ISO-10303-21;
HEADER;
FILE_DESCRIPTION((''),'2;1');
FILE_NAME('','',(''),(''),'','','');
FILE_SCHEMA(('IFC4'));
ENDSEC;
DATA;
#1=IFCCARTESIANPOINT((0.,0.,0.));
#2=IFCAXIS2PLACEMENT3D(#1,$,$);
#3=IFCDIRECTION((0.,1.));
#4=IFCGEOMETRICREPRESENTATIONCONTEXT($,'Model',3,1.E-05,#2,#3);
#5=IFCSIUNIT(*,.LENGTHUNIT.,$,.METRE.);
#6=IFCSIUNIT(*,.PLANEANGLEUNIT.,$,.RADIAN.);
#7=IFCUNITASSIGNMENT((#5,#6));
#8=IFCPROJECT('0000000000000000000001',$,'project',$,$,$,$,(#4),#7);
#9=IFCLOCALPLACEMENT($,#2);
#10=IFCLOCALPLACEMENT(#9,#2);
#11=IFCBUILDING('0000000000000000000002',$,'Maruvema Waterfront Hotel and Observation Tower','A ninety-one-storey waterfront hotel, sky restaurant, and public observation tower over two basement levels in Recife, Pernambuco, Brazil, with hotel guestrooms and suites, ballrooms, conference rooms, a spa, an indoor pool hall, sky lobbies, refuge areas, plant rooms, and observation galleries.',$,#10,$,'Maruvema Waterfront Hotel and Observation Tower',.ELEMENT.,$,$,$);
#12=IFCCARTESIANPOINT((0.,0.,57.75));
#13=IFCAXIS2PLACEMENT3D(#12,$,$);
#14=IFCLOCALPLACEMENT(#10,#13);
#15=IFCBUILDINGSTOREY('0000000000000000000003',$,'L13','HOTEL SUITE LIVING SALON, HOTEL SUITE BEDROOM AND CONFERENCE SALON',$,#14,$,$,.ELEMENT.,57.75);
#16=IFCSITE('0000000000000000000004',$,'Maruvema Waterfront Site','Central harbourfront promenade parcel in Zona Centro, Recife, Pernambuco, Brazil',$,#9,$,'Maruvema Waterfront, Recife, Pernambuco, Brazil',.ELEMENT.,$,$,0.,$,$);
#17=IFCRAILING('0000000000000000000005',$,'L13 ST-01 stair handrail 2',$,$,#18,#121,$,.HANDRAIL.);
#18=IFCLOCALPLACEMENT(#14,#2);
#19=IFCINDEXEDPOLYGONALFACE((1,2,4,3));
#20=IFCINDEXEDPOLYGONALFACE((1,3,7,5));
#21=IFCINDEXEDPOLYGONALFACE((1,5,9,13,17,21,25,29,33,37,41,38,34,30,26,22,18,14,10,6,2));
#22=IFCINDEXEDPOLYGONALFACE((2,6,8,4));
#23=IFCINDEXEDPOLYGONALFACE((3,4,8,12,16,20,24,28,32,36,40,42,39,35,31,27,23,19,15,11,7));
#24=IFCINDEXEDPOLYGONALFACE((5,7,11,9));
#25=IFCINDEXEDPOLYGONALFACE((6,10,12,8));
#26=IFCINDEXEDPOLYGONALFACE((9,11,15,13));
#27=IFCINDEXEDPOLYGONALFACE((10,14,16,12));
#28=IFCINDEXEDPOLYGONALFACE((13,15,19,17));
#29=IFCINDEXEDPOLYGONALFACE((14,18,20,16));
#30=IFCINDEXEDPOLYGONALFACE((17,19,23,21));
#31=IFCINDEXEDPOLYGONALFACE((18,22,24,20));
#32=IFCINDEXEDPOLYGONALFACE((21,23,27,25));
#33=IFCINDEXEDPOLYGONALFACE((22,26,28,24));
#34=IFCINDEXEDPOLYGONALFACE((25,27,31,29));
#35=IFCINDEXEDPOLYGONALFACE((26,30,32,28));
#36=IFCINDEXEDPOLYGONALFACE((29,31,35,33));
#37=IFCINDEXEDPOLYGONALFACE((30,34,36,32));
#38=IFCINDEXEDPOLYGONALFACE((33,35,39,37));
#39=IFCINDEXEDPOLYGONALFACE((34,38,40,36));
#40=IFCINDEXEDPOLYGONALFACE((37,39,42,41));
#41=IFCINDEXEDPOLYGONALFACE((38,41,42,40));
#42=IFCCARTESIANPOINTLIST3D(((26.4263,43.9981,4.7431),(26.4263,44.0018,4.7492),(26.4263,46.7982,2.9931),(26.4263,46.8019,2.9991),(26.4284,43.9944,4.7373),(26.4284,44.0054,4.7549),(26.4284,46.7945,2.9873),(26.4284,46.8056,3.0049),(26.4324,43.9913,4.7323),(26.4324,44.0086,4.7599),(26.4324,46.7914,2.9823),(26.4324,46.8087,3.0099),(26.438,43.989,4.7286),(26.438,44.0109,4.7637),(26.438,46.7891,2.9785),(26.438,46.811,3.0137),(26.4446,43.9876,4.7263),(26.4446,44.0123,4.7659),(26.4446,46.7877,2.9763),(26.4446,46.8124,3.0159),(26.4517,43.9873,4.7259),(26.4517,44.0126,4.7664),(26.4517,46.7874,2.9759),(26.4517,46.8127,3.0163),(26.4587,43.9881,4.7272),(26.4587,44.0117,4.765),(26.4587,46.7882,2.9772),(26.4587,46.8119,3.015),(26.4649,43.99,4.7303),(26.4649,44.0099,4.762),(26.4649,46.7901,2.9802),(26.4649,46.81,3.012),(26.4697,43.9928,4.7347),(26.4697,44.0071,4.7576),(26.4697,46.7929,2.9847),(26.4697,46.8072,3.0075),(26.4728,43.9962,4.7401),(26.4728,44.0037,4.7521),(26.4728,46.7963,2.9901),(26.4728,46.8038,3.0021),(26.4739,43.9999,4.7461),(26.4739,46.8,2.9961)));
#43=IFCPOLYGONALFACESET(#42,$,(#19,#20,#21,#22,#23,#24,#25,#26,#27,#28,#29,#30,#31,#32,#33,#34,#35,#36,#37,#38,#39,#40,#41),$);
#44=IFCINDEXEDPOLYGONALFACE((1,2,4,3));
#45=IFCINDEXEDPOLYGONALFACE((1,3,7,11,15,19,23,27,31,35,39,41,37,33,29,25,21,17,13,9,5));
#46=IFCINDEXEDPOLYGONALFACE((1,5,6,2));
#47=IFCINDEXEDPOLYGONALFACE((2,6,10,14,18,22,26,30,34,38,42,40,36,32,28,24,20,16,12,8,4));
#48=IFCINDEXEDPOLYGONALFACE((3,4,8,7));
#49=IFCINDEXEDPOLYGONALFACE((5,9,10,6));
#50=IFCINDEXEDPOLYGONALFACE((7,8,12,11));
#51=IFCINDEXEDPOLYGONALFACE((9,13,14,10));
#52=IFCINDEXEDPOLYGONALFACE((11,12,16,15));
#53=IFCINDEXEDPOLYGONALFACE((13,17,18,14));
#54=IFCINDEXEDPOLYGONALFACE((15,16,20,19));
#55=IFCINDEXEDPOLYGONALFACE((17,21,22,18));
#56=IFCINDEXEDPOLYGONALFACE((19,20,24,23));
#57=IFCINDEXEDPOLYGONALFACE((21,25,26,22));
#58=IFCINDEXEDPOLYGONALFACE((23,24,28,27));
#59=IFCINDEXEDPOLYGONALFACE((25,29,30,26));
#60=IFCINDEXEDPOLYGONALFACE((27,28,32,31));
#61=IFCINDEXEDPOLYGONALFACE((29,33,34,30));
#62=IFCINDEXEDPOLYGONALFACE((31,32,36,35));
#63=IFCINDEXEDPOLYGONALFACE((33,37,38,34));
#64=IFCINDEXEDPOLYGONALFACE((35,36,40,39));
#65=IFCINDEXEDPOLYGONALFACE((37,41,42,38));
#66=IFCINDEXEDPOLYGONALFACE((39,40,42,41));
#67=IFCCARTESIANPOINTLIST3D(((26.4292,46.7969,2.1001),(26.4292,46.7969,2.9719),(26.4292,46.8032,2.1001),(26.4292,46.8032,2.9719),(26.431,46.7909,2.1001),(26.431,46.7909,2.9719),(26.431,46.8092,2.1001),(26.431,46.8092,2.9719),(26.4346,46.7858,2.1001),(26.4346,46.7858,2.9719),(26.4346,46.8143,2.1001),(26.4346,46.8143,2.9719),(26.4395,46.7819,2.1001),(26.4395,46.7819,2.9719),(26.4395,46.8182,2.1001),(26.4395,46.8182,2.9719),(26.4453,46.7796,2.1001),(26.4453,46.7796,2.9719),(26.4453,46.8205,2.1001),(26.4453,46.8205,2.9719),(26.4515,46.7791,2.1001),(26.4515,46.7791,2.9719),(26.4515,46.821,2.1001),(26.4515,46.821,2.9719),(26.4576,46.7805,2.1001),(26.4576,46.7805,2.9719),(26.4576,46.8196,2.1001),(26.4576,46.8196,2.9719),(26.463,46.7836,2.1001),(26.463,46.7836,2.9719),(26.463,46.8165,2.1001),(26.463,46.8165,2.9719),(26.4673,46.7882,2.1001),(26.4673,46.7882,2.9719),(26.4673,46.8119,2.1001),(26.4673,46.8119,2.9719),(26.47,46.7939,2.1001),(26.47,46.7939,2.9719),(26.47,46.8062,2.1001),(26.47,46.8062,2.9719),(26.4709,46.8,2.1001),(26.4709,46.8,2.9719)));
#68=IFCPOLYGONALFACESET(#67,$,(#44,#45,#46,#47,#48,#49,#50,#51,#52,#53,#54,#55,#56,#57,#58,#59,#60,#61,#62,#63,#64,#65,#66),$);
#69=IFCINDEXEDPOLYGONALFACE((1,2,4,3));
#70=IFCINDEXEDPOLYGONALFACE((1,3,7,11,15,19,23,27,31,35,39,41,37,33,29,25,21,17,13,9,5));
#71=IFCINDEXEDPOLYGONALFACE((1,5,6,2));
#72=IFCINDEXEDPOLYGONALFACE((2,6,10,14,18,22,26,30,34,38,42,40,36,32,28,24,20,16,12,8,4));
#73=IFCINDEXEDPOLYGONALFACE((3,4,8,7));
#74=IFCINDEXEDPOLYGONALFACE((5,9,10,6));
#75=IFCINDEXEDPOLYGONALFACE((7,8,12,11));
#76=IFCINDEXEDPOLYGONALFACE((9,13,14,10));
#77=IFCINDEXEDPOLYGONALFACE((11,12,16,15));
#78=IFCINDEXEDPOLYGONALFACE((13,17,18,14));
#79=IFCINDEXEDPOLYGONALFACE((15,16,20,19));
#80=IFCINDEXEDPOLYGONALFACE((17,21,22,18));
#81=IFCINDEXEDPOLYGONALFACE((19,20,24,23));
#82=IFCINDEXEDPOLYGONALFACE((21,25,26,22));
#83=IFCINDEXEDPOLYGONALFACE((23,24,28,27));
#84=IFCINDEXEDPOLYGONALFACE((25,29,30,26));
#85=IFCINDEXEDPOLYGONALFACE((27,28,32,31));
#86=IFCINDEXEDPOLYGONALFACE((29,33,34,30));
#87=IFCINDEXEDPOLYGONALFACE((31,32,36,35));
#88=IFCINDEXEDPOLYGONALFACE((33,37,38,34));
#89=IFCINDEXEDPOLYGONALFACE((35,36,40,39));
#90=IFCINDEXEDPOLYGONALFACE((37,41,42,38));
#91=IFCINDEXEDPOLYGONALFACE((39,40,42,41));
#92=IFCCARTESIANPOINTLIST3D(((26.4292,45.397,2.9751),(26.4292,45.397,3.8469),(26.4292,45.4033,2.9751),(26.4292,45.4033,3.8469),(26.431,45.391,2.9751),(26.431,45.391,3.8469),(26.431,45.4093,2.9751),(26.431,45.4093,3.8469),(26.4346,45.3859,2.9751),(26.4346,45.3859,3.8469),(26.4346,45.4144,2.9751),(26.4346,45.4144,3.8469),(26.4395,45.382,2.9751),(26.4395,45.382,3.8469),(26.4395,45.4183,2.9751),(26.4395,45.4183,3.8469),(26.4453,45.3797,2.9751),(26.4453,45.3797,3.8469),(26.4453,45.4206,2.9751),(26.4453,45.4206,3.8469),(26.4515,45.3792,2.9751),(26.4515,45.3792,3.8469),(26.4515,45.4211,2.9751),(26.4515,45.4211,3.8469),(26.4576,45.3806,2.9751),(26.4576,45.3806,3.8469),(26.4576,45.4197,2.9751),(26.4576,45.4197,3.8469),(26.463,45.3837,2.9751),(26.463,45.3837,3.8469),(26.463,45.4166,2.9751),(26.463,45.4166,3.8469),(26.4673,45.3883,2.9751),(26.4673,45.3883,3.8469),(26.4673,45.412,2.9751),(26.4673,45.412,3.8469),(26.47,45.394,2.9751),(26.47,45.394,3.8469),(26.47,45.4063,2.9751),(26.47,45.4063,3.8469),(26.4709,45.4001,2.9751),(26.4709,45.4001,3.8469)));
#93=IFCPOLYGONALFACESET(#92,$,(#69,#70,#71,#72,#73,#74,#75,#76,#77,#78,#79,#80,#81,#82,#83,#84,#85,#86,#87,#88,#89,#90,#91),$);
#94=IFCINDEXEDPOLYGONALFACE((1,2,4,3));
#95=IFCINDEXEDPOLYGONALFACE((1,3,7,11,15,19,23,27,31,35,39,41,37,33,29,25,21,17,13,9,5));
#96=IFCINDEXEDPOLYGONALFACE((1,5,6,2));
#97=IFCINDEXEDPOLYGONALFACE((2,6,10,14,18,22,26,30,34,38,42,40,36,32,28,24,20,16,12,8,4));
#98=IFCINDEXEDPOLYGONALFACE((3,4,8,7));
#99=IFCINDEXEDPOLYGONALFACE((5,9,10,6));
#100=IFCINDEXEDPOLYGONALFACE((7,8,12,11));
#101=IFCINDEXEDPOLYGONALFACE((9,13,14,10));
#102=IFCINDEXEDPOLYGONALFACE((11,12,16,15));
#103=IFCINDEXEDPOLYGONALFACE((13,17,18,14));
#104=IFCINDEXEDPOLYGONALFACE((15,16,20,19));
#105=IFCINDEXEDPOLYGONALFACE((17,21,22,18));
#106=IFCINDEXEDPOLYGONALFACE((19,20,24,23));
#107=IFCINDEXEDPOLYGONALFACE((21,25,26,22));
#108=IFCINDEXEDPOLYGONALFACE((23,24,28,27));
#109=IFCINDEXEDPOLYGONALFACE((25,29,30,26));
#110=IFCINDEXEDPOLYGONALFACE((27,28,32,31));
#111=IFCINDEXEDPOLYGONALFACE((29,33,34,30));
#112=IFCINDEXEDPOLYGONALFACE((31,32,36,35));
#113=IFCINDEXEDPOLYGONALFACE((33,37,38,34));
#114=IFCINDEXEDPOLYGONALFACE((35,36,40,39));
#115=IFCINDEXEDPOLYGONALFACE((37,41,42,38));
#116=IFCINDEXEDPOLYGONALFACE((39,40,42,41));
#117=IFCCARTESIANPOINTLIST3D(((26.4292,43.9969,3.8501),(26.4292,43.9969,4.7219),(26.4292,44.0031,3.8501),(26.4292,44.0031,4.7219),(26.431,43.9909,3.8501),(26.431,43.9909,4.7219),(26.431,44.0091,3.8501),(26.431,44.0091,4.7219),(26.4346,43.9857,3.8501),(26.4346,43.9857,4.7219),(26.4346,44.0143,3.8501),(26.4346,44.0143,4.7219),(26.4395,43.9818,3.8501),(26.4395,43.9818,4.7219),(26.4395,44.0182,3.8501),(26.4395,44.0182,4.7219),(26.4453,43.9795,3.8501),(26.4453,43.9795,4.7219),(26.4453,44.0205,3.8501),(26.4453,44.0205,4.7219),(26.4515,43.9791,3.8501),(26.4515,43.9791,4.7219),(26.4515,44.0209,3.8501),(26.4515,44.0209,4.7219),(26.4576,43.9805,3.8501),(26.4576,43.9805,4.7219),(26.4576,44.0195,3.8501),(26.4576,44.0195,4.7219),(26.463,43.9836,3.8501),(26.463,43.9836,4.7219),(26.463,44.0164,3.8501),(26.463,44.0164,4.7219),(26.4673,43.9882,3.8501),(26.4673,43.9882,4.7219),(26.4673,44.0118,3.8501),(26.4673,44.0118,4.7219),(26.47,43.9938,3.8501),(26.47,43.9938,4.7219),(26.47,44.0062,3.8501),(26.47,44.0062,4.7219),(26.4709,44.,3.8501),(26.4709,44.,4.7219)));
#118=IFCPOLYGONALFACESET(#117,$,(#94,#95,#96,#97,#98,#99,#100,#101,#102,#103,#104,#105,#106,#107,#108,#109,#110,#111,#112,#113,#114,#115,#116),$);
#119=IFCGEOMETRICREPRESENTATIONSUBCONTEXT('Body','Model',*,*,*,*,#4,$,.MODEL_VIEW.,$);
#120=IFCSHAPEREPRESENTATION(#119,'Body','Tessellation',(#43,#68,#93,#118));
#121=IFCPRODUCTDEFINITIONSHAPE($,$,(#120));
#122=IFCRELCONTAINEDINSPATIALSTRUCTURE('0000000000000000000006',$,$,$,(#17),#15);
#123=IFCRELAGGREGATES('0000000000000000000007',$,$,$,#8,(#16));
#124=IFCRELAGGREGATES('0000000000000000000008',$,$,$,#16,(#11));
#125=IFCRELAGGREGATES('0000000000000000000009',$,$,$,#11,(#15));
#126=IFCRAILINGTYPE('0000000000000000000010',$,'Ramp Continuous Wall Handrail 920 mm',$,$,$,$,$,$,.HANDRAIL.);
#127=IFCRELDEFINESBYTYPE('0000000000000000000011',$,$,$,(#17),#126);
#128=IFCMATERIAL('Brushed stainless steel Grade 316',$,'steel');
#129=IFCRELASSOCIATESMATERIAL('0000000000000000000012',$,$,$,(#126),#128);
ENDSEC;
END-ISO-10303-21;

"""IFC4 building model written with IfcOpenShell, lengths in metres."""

from ifc_helpers import new_model, si_unit, direction, frame, origin, origin_2d, place, context, subcontext, project, spatial, circle, extrude, material, type_object, element, save


model = new_model("IFC4")

# Units and contexts
model_context = context("Model", 3, precision=1e-05, world=origin(), true_north=direction((0.0, 1.0)))
body_context = subcontext(model_context, "Body", "Model", "MODEL_VIEW")
ifc_project = project(units=[si_unit("LENGTHUNIT", "METRE"), si_unit("PLANEANGLEUNIT", "RADIAN")], contexts=[model_context])

# Site, building, storey
site_placement = place(None, origin())
site = spatial("IfcSite", under=ifc_project, at=site_placement, Name="Maruvema Waterfront Site", Description="Central harbourfront promenade parcel in Zona Centro, Recife, Pernambuco, Brazil", LongName="Maruvema Waterfront, Recife, Pernambuco, Brazil", CompositionType="ELEMENT", RefElevation=0.0)
building_placement = place(site_placement, origin())
building = spatial("IfcBuilding", under=site, at=building_placement, Name="Maruvema Waterfront Hotel and Observation Tower", Description="A ninety-one-storey waterfront hotel, sky restaurant, and public observation tower over two basement levels in Recife, Pernambuco, Brazil, with hotel guestrooms and suites, ballrooms, conference rooms, a spa, an indoor pool hall, sky lobbies, refuge areas, plant rooms, and observation galleries.", LongName="Maruvema Waterfront Hotel and Observation Tower", CompositionType="ELEMENT")
storey_placement = place(building_placement, frame((0.0, 0.0, 57.75)))
storey = spatial("IfcBuildingStorey", under=building, at=storey_placement, Name="L13", Description="HOTEL SUITE LIVING SALON, HOTEL SUITE BEDROOM AND CONFERENCE SALON", CompositionType="ELEMENT", Elevation=57.75)

# Railing
ifc_material_1 = material(Name="Brushed stainless steel Grade 316", Category="steel")
railing_type_1 = type_object("IfcRailingType", Name="Ramp Continuous Wall Handrail 920 mm", PredefinedType="HANDRAIL", material=ifc_material_1)
railing_1_placement = place(storey_placement, frame((26.45, 46.8, 2.1001)))
element("IfcRailing", 1, at=railing_1_placement, inside=storey, type_object=railing_type_1, Name="L13 ST-01 stair handrail 2", PredefinedType="HANDRAIL", context=body_context, shape_type="SweptSolid", body=[
    extrude(circle(Radius=0.0239, at=origin_2d()), frame((0.0, 0.0, 0.896), z_axis=(0.0, -0.848002, 0.529992), x_axis=(1.0, 0.0, 0.0)), (0.0, 0.0, 1.0), 3.302),
    extrude(circle(Radius=0.021, at=origin_2d()), origin(), (0.0, 0.0, 1.0), 0.8718),
    extrude(circle(Radius=0.021, at=origin_2d()), frame((0.0, -1.3999, 0.875)), (0.0, 0.0, 1.0), 0.8718),
    extrude(circle(Radius=0.021, at=origin_2d()), frame((0.0, -2.8, 1.75)), (0.0, 0.0, 1.0), 0.8718),
])

save(model, "model.ifc")
